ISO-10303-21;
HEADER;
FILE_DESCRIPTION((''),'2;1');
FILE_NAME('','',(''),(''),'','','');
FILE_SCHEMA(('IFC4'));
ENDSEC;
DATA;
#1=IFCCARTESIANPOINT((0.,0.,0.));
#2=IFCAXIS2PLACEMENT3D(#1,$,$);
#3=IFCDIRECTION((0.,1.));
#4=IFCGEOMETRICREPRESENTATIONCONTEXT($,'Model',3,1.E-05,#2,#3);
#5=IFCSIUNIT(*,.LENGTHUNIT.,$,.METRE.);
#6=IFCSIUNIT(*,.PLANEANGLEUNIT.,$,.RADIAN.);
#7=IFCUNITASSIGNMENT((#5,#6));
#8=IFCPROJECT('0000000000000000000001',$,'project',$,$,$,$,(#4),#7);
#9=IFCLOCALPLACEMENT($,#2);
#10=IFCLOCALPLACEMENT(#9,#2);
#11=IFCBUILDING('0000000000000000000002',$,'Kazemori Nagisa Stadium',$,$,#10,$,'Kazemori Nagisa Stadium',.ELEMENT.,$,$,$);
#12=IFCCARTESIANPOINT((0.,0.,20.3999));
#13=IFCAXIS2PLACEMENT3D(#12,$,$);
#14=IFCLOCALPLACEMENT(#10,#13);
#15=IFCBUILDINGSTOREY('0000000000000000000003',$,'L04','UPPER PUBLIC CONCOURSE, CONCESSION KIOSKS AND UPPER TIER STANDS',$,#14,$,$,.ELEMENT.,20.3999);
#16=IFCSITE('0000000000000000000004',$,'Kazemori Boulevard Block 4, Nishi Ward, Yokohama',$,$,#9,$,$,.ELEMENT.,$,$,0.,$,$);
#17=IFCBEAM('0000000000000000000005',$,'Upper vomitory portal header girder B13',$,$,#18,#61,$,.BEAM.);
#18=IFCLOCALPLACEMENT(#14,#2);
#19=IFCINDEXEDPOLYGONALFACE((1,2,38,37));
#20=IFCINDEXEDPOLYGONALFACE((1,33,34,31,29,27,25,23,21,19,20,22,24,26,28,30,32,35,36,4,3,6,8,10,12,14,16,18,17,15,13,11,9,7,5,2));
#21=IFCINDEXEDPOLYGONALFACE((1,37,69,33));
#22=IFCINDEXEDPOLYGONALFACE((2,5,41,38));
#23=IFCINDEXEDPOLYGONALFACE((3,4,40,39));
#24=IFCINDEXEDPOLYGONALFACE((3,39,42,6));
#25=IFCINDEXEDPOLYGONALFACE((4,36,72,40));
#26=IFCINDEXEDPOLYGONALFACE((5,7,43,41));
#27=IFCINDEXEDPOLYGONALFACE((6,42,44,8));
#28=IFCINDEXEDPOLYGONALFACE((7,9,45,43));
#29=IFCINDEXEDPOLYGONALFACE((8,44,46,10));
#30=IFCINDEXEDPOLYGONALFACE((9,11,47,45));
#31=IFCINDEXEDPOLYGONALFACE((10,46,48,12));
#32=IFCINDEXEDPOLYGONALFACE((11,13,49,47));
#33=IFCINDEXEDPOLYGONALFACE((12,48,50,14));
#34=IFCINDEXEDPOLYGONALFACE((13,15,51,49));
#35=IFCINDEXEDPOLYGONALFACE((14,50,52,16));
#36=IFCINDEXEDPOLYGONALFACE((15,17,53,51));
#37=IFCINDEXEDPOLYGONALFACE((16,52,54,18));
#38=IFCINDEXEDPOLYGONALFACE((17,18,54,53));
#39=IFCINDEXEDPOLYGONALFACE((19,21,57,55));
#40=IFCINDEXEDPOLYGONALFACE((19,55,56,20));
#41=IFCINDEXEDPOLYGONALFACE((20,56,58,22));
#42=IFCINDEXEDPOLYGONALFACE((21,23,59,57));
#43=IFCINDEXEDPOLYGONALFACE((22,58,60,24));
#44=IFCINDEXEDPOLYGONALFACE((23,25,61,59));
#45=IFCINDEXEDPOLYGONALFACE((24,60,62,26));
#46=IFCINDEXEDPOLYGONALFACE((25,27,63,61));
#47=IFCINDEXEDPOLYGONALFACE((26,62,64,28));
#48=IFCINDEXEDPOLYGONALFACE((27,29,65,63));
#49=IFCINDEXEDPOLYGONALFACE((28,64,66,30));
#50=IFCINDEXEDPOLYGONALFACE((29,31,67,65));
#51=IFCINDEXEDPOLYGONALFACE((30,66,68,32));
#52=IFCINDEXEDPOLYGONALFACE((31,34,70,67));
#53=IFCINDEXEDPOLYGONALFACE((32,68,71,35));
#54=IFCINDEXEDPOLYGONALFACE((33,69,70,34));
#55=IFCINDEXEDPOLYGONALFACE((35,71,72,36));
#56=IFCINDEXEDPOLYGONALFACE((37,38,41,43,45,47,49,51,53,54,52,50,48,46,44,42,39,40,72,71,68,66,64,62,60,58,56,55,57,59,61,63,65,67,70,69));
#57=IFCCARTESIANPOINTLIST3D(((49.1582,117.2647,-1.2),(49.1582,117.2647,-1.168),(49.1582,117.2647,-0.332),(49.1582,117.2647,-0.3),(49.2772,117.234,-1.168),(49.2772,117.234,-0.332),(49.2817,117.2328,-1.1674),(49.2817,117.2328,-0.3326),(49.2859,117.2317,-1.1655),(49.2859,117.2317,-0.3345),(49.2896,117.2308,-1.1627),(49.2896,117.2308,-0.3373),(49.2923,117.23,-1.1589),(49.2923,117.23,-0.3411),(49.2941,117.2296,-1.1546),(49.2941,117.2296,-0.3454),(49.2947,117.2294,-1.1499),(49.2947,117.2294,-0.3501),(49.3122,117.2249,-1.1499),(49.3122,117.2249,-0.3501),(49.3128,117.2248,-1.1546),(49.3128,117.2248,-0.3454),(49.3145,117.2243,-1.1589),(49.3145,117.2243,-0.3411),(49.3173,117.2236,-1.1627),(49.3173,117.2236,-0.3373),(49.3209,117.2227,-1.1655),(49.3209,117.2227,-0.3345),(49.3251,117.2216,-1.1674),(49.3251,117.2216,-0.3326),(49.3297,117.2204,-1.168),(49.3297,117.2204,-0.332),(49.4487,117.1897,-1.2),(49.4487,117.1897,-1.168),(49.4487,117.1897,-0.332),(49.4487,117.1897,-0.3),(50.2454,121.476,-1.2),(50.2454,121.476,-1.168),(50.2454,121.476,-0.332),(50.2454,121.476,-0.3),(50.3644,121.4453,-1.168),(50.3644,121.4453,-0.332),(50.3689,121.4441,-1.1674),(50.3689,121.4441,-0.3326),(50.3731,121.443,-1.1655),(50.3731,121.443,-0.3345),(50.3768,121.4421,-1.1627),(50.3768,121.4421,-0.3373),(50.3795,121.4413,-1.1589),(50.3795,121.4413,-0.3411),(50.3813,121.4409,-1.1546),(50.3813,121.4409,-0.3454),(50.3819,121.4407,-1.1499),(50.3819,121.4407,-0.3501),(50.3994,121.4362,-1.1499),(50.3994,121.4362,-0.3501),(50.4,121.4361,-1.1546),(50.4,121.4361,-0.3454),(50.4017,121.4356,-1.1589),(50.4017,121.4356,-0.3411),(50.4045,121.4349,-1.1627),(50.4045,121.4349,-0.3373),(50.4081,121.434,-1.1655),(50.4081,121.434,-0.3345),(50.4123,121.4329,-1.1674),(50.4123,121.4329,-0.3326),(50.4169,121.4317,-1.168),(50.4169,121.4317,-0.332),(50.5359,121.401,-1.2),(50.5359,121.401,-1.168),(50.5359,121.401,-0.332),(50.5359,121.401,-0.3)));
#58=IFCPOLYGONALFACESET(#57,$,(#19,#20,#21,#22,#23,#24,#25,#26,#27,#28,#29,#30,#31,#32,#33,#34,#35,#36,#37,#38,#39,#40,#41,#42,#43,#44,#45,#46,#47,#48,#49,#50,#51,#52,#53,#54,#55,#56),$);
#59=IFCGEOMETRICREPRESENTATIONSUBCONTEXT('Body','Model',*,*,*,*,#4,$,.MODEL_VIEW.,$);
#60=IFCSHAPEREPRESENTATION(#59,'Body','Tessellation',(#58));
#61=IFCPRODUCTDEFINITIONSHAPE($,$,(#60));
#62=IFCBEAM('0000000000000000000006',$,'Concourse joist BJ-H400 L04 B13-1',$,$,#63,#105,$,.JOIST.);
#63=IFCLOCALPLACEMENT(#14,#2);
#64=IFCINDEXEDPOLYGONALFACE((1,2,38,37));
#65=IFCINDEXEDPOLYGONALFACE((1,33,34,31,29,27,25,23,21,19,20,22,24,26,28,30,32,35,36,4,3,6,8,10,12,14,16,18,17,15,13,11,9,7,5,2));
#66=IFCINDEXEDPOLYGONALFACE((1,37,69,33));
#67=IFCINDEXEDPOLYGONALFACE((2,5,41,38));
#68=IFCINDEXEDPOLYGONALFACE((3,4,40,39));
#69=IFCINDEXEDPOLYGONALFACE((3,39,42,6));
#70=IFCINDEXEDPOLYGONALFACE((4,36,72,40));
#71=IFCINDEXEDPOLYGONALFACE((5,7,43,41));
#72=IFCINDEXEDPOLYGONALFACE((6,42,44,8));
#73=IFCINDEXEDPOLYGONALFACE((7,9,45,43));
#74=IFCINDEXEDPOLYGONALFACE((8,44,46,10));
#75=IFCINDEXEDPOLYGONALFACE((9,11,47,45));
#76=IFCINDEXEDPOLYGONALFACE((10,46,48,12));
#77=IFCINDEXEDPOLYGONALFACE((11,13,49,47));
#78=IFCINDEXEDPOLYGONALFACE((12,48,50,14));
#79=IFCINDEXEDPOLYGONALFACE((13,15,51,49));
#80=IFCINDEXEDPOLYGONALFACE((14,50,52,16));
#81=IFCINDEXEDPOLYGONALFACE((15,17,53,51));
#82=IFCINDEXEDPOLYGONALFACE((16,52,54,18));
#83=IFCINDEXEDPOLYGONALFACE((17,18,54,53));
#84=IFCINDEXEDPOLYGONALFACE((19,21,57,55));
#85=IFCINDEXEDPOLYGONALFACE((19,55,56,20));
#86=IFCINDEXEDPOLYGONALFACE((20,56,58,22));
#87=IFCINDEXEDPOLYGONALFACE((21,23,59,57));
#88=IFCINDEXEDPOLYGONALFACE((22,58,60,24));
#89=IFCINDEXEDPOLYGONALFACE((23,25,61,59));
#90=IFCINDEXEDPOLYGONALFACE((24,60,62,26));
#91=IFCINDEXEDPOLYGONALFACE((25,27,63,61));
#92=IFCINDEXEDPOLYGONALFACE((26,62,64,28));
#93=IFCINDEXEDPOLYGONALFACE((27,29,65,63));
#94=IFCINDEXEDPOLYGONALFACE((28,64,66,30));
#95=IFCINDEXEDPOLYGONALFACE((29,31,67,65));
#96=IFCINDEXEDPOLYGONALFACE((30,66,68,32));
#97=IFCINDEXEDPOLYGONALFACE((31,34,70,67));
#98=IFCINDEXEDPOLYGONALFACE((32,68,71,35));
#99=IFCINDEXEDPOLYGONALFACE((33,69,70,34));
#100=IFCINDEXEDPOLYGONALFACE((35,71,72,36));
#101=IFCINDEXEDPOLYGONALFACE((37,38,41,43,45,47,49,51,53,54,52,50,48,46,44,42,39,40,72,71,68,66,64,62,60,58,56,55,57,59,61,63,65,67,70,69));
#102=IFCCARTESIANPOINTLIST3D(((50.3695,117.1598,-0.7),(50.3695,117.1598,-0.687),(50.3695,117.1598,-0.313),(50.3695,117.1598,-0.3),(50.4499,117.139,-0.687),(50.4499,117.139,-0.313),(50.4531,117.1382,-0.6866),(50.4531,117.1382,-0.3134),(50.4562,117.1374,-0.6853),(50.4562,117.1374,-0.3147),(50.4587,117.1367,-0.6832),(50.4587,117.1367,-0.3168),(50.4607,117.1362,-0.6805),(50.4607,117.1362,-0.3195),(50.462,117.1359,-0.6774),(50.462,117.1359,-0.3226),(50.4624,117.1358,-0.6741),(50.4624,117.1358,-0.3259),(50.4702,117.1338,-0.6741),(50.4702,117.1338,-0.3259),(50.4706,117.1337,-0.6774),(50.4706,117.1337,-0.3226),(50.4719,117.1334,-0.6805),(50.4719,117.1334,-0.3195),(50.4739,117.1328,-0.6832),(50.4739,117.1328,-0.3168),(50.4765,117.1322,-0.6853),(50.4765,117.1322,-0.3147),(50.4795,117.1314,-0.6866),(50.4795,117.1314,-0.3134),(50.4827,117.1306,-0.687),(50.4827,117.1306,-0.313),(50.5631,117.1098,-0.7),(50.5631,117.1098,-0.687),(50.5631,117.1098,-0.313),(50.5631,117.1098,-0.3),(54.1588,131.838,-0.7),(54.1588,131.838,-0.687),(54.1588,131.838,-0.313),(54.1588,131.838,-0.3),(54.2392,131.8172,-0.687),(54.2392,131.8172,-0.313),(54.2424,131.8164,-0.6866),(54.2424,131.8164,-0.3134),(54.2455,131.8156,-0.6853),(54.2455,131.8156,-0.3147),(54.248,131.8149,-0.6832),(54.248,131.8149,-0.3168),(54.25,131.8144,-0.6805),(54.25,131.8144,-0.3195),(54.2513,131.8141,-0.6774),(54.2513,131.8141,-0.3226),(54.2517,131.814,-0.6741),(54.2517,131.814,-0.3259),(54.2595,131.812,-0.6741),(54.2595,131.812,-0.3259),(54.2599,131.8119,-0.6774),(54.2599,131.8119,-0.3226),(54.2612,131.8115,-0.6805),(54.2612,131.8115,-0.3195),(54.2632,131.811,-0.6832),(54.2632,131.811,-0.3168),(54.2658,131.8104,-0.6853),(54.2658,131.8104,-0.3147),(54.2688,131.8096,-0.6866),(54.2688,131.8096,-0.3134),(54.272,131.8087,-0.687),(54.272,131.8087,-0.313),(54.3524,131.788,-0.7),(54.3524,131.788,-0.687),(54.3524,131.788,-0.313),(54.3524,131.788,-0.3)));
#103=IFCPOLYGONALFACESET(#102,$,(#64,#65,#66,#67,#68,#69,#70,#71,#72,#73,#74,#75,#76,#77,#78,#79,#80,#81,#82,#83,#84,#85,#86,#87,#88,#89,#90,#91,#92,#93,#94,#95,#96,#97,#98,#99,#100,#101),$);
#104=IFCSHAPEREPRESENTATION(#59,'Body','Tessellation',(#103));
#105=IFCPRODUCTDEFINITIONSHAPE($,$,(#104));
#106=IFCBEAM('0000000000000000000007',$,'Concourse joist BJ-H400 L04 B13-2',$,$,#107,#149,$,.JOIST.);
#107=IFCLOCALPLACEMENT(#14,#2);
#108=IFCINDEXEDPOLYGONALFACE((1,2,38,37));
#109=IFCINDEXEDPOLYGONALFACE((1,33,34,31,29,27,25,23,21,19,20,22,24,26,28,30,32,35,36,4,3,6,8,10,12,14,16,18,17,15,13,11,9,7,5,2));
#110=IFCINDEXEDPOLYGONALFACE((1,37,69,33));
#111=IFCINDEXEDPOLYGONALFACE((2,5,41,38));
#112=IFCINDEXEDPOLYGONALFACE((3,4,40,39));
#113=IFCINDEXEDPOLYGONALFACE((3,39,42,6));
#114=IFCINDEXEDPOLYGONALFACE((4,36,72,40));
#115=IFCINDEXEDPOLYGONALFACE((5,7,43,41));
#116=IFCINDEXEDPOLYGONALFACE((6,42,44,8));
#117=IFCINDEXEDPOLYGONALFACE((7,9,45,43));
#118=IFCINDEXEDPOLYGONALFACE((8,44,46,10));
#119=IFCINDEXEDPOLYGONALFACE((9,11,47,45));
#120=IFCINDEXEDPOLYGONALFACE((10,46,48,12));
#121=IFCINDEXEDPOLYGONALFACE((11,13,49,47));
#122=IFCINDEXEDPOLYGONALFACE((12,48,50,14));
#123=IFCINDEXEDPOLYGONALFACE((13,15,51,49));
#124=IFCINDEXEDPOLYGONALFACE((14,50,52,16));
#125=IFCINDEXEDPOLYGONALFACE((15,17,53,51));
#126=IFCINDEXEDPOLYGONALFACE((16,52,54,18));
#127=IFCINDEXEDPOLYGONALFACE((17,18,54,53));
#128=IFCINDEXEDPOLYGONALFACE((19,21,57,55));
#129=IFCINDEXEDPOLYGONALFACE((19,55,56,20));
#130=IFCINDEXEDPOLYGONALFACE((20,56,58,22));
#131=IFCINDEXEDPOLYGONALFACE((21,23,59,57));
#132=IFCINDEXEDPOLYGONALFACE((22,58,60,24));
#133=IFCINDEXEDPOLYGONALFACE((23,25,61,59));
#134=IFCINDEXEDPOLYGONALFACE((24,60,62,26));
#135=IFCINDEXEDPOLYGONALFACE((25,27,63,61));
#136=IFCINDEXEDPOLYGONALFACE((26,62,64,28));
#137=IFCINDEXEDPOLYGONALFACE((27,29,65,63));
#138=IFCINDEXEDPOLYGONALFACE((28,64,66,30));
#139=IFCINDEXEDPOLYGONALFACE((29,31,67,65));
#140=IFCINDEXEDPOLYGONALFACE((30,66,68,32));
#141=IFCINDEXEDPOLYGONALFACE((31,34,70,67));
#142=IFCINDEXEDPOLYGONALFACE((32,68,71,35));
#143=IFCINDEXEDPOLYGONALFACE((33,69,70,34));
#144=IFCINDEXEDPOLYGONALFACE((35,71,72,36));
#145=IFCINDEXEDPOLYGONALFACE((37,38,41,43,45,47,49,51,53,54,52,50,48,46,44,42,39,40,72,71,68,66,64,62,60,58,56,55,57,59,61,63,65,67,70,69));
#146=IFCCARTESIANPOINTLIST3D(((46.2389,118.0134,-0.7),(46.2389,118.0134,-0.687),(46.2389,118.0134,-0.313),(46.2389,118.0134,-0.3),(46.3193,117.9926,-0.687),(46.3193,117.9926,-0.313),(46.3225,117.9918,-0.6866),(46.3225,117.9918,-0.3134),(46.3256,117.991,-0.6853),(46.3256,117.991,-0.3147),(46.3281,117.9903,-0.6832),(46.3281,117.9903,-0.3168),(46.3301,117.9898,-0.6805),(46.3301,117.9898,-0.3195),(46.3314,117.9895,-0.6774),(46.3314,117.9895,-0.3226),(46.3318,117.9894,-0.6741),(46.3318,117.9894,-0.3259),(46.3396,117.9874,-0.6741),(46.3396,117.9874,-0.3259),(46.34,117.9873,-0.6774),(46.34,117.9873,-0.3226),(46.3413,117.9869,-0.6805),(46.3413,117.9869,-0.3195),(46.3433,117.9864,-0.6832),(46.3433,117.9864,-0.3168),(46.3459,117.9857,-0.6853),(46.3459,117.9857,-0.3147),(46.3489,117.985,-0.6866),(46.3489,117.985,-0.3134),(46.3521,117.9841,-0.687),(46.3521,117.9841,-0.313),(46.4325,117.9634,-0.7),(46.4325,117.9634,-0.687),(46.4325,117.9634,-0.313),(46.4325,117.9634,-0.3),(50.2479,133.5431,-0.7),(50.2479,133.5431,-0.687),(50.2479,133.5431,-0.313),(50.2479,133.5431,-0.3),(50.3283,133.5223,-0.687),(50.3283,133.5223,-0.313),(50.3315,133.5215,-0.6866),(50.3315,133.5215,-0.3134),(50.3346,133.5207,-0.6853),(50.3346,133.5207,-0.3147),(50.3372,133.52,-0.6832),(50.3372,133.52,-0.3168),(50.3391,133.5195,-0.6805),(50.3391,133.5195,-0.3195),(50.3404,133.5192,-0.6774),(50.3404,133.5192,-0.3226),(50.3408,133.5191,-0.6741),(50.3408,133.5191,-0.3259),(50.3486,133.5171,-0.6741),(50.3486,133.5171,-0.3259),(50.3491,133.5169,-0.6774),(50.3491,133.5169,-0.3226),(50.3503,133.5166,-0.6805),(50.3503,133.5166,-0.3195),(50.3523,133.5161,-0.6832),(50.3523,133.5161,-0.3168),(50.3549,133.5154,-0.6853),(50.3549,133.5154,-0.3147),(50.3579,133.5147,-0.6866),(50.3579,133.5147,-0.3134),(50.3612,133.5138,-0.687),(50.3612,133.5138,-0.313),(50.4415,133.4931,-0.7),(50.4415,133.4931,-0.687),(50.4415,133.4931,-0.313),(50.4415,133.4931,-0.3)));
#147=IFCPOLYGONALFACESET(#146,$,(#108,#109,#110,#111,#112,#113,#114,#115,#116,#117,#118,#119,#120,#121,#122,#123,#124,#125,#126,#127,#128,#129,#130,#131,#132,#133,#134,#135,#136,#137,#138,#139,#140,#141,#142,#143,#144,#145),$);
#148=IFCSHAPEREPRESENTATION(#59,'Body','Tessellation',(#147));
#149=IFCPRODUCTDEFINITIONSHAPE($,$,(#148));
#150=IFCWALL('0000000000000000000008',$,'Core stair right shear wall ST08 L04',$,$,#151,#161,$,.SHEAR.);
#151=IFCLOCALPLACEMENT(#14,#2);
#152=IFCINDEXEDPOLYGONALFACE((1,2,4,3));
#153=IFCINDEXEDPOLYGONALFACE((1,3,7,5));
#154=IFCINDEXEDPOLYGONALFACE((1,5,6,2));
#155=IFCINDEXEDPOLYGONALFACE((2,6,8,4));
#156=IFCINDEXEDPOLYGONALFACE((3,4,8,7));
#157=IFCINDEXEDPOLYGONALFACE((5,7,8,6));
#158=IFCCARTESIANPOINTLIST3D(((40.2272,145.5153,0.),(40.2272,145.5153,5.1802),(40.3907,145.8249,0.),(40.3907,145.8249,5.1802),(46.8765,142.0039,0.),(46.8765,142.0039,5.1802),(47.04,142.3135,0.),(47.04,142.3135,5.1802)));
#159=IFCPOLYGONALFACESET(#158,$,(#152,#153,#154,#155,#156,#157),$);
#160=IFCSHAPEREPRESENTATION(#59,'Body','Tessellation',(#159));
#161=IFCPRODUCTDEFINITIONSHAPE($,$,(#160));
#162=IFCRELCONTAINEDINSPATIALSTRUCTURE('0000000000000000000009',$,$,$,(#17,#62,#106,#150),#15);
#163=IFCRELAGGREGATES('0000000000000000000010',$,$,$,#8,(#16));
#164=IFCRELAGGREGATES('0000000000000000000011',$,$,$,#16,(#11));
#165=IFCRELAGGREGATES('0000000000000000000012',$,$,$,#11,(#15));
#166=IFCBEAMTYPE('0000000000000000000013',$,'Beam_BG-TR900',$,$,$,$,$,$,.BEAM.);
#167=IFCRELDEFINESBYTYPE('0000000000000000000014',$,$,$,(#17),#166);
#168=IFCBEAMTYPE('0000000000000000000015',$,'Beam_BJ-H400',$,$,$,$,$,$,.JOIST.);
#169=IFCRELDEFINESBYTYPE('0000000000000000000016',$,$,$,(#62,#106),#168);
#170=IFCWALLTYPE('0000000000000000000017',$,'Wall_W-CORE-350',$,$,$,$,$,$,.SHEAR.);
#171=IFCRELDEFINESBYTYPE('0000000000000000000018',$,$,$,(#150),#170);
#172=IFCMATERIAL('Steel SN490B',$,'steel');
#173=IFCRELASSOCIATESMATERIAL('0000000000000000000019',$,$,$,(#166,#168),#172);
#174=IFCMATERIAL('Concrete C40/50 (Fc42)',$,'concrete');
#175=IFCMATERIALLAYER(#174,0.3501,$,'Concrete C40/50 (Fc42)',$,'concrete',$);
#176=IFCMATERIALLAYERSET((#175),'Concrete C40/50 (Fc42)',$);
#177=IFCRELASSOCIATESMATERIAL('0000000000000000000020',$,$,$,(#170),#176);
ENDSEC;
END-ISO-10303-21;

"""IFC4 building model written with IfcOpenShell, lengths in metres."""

from ifc_helpers import new_model, si_unit, direction, frame, frame_2d, origin, origin_2d, place, context, subcontext, project, spatial, rectangle, i_section, extrude, material, layer, layer_set, material_profile, profile_set, type_object, element, save


model = new_model("IFC4")

# Units and contexts
model_context = context("Model", 3, precision=1e-05, world=origin(), true_north=direction((0.0, 1.0)))
body_context = subcontext(model_context, "Body", "Model", "MODEL_VIEW")
ifc_project = project(units=[si_unit("LENGTHUNIT", "METRE"), si_unit("PLANEANGLEUNIT", "RADIAN")], contexts=[model_context])

# Site, building, storey
site_placement = place(None, origin())
site = spatial("IfcSite", under=ifc_project, at=site_placement, Name="Kazemori Boulevard Block 4, Nishi Ward, Yokohama", CompositionType="ELEMENT", RefElevation=0.0)
building_placement = place(site_placement, origin())
building = spatial("IfcBuilding", under=site, at=building_placement, Name="Kazemori Nagisa Stadium", LongName="Kazemori Nagisa Stadium", CompositionType="ELEMENT")
storey_placement = place(building_placement, frame((0.0, 0.0, 20.3999)))
storey = spatial("IfcBuildingStorey", under=building, at=storey_placement, Name="L04", Description="UPPER PUBLIC CONCOURSE, CONCESSION KIOSKS AND UPPER TIER STANDS", CompositionType="ELEMENT", Elevation=20.3999)

# Beams
ifc_material_1 = material(Name="Steel SN490B", Category="steel")
ifc_material_2 = material(Name="Concrete C40/50 (Fc42)", Category="concrete")
ifc_material_profile_1 = material_profile(ifc_material_1, i_section(OverallWidth=0.3, OverallDepth=0.8999, WebThickness=0.0181, FlangeThickness=0.032, FilletRadius=0.0181, at=origin_2d()), Name="H-900x300x18x32")
ifc_profile_set_1 = profile_set([ifc_material_profile_1], Name="Steel SN490B")
beam_type_1 = type_object("IfcBeamType", Name="Beam_BG-TR900", PredefinedType="BEAM", material=ifc_profile_set_1)
beam_1_placement = place(storey_placement, frame((50.3906, 121.4385, -0.75), z_axis=(-0.249965, -0.968255, 0.0), x_axis=(0.968255, -0.249965, 0.0)))
element("IfcBeam", 1, at=beam_1_placement, inside=storey, type_object=beam_type_1, Name="Upper vomitory portal header girder B13", PredefinedType="BEAM", context=body_context, shape_type="SweptSolid", body=[
    extrude(i_section(OverallWidth=0.3, OverallDepth=0.8999, WebThickness=0.0181, FlangeThickness=0.032, FilletRadius=0.0181, at=origin_2d()), origin(), (0.0, 0.0, 1.0), 4.3494),
])
ifc_material_profile_2 = material_profile(ifc_material_1, i_section(OverallWidth=0.2, OverallDepth=0.3999, WebThickness=0.0081, FlangeThickness=0.0129, FilletRadius=0.0129, at=origin_2d()), Name="H-400x200x8x13")
ifc_profile_set_2 = profile_set([ifc_material_profile_2], Name="Steel SN490B")
beam_type_2 = type_object("IfcBeamType", Name="Beam_BJ-H400", PredefinedType="JOIST", material=ifc_profile_set_2)
beam_2_placement = place(storey_placement, frame((54.2556, 131.813, -0.5), z_axis=(-0.249963, -0.968255, 0.0), x_axis=(0.968255, -0.249963, 0.0)))
element("IfcBeam", 2, at=beam_2_placement, inside=storey, type_object=beam_type_2, Name="Concourse joist BJ-H400 L04 B13-1", PredefinedType="JOIST", context=body_context, shape_type="SweptSolid", body=[
    extrude(i_section(OverallWidth=0.2, OverallDepth=0.3999, WebThickness=0.0081, FlangeThickness=0.0129, FilletRadius=0.0129, at=origin_2d()), origin(), (0.0, 0.0, 1.0), 15.1594),
])
beam_3_placement = place(storey_placement, frame((50.3447, 133.5181, -0.5), z_axis=(-0.249957, -0.968257, 0.0), x_axis=(0.968257, -0.249957, 0.0)))
element("IfcBeam", 3, at=beam_3_placement, inside=storey, type_object=beam_type_2, Name="Concourse joist BJ-H400 L04 B13-2", PredefinedType="JOIST", context=body_context, shape_type="SweptSolid", body=[
    extrude(i_section(OverallWidth=0.2, OverallDepth=0.3999, WebThickness=0.0081, FlangeThickness=0.0129, FilletRadius=0.0129, at=origin_2d()), origin(), (0.0, 0.0, 1.0), 16.0388),
])

# Wall
ifc_layer_1 = layer(ifc_material_2, 0.3501, Name="Concrete C40/50 (Fc42)", Category="concrete")
ifc_layer_set_1 = layer_set([ifc_layer_1], Name="Concrete C40/50 (Fc42)")
wall_type_1 = type_object("IfcWallType", Name="Wall_W-CORE-350", PredefinedType="SHEAR", material=ifc_layer_set_1)
wall_1_placement = place(storey_placement, frame((46.9583, 142.1587, 0.0), z_axis=(0.0, 0.0, 1.0), x_axis=(-0.884272, 0.466973, 0.0)))
element("IfcWall", 4, at=wall_1_placement, inside=storey, type_object=wall_type_1, Name="Core stair right shear wall ST08 L04", PredefinedType="SHEAR", context=body_context, shape_type="SweptSolid", body=[
    extrude(rectangle(XDim=7.5195, YDim=0.3501, at=frame_2d((3.7598, 0.0))), origin(), (0.0, 0.0, 1.0), 5.1802),
])

save(model, "model.ifc")
